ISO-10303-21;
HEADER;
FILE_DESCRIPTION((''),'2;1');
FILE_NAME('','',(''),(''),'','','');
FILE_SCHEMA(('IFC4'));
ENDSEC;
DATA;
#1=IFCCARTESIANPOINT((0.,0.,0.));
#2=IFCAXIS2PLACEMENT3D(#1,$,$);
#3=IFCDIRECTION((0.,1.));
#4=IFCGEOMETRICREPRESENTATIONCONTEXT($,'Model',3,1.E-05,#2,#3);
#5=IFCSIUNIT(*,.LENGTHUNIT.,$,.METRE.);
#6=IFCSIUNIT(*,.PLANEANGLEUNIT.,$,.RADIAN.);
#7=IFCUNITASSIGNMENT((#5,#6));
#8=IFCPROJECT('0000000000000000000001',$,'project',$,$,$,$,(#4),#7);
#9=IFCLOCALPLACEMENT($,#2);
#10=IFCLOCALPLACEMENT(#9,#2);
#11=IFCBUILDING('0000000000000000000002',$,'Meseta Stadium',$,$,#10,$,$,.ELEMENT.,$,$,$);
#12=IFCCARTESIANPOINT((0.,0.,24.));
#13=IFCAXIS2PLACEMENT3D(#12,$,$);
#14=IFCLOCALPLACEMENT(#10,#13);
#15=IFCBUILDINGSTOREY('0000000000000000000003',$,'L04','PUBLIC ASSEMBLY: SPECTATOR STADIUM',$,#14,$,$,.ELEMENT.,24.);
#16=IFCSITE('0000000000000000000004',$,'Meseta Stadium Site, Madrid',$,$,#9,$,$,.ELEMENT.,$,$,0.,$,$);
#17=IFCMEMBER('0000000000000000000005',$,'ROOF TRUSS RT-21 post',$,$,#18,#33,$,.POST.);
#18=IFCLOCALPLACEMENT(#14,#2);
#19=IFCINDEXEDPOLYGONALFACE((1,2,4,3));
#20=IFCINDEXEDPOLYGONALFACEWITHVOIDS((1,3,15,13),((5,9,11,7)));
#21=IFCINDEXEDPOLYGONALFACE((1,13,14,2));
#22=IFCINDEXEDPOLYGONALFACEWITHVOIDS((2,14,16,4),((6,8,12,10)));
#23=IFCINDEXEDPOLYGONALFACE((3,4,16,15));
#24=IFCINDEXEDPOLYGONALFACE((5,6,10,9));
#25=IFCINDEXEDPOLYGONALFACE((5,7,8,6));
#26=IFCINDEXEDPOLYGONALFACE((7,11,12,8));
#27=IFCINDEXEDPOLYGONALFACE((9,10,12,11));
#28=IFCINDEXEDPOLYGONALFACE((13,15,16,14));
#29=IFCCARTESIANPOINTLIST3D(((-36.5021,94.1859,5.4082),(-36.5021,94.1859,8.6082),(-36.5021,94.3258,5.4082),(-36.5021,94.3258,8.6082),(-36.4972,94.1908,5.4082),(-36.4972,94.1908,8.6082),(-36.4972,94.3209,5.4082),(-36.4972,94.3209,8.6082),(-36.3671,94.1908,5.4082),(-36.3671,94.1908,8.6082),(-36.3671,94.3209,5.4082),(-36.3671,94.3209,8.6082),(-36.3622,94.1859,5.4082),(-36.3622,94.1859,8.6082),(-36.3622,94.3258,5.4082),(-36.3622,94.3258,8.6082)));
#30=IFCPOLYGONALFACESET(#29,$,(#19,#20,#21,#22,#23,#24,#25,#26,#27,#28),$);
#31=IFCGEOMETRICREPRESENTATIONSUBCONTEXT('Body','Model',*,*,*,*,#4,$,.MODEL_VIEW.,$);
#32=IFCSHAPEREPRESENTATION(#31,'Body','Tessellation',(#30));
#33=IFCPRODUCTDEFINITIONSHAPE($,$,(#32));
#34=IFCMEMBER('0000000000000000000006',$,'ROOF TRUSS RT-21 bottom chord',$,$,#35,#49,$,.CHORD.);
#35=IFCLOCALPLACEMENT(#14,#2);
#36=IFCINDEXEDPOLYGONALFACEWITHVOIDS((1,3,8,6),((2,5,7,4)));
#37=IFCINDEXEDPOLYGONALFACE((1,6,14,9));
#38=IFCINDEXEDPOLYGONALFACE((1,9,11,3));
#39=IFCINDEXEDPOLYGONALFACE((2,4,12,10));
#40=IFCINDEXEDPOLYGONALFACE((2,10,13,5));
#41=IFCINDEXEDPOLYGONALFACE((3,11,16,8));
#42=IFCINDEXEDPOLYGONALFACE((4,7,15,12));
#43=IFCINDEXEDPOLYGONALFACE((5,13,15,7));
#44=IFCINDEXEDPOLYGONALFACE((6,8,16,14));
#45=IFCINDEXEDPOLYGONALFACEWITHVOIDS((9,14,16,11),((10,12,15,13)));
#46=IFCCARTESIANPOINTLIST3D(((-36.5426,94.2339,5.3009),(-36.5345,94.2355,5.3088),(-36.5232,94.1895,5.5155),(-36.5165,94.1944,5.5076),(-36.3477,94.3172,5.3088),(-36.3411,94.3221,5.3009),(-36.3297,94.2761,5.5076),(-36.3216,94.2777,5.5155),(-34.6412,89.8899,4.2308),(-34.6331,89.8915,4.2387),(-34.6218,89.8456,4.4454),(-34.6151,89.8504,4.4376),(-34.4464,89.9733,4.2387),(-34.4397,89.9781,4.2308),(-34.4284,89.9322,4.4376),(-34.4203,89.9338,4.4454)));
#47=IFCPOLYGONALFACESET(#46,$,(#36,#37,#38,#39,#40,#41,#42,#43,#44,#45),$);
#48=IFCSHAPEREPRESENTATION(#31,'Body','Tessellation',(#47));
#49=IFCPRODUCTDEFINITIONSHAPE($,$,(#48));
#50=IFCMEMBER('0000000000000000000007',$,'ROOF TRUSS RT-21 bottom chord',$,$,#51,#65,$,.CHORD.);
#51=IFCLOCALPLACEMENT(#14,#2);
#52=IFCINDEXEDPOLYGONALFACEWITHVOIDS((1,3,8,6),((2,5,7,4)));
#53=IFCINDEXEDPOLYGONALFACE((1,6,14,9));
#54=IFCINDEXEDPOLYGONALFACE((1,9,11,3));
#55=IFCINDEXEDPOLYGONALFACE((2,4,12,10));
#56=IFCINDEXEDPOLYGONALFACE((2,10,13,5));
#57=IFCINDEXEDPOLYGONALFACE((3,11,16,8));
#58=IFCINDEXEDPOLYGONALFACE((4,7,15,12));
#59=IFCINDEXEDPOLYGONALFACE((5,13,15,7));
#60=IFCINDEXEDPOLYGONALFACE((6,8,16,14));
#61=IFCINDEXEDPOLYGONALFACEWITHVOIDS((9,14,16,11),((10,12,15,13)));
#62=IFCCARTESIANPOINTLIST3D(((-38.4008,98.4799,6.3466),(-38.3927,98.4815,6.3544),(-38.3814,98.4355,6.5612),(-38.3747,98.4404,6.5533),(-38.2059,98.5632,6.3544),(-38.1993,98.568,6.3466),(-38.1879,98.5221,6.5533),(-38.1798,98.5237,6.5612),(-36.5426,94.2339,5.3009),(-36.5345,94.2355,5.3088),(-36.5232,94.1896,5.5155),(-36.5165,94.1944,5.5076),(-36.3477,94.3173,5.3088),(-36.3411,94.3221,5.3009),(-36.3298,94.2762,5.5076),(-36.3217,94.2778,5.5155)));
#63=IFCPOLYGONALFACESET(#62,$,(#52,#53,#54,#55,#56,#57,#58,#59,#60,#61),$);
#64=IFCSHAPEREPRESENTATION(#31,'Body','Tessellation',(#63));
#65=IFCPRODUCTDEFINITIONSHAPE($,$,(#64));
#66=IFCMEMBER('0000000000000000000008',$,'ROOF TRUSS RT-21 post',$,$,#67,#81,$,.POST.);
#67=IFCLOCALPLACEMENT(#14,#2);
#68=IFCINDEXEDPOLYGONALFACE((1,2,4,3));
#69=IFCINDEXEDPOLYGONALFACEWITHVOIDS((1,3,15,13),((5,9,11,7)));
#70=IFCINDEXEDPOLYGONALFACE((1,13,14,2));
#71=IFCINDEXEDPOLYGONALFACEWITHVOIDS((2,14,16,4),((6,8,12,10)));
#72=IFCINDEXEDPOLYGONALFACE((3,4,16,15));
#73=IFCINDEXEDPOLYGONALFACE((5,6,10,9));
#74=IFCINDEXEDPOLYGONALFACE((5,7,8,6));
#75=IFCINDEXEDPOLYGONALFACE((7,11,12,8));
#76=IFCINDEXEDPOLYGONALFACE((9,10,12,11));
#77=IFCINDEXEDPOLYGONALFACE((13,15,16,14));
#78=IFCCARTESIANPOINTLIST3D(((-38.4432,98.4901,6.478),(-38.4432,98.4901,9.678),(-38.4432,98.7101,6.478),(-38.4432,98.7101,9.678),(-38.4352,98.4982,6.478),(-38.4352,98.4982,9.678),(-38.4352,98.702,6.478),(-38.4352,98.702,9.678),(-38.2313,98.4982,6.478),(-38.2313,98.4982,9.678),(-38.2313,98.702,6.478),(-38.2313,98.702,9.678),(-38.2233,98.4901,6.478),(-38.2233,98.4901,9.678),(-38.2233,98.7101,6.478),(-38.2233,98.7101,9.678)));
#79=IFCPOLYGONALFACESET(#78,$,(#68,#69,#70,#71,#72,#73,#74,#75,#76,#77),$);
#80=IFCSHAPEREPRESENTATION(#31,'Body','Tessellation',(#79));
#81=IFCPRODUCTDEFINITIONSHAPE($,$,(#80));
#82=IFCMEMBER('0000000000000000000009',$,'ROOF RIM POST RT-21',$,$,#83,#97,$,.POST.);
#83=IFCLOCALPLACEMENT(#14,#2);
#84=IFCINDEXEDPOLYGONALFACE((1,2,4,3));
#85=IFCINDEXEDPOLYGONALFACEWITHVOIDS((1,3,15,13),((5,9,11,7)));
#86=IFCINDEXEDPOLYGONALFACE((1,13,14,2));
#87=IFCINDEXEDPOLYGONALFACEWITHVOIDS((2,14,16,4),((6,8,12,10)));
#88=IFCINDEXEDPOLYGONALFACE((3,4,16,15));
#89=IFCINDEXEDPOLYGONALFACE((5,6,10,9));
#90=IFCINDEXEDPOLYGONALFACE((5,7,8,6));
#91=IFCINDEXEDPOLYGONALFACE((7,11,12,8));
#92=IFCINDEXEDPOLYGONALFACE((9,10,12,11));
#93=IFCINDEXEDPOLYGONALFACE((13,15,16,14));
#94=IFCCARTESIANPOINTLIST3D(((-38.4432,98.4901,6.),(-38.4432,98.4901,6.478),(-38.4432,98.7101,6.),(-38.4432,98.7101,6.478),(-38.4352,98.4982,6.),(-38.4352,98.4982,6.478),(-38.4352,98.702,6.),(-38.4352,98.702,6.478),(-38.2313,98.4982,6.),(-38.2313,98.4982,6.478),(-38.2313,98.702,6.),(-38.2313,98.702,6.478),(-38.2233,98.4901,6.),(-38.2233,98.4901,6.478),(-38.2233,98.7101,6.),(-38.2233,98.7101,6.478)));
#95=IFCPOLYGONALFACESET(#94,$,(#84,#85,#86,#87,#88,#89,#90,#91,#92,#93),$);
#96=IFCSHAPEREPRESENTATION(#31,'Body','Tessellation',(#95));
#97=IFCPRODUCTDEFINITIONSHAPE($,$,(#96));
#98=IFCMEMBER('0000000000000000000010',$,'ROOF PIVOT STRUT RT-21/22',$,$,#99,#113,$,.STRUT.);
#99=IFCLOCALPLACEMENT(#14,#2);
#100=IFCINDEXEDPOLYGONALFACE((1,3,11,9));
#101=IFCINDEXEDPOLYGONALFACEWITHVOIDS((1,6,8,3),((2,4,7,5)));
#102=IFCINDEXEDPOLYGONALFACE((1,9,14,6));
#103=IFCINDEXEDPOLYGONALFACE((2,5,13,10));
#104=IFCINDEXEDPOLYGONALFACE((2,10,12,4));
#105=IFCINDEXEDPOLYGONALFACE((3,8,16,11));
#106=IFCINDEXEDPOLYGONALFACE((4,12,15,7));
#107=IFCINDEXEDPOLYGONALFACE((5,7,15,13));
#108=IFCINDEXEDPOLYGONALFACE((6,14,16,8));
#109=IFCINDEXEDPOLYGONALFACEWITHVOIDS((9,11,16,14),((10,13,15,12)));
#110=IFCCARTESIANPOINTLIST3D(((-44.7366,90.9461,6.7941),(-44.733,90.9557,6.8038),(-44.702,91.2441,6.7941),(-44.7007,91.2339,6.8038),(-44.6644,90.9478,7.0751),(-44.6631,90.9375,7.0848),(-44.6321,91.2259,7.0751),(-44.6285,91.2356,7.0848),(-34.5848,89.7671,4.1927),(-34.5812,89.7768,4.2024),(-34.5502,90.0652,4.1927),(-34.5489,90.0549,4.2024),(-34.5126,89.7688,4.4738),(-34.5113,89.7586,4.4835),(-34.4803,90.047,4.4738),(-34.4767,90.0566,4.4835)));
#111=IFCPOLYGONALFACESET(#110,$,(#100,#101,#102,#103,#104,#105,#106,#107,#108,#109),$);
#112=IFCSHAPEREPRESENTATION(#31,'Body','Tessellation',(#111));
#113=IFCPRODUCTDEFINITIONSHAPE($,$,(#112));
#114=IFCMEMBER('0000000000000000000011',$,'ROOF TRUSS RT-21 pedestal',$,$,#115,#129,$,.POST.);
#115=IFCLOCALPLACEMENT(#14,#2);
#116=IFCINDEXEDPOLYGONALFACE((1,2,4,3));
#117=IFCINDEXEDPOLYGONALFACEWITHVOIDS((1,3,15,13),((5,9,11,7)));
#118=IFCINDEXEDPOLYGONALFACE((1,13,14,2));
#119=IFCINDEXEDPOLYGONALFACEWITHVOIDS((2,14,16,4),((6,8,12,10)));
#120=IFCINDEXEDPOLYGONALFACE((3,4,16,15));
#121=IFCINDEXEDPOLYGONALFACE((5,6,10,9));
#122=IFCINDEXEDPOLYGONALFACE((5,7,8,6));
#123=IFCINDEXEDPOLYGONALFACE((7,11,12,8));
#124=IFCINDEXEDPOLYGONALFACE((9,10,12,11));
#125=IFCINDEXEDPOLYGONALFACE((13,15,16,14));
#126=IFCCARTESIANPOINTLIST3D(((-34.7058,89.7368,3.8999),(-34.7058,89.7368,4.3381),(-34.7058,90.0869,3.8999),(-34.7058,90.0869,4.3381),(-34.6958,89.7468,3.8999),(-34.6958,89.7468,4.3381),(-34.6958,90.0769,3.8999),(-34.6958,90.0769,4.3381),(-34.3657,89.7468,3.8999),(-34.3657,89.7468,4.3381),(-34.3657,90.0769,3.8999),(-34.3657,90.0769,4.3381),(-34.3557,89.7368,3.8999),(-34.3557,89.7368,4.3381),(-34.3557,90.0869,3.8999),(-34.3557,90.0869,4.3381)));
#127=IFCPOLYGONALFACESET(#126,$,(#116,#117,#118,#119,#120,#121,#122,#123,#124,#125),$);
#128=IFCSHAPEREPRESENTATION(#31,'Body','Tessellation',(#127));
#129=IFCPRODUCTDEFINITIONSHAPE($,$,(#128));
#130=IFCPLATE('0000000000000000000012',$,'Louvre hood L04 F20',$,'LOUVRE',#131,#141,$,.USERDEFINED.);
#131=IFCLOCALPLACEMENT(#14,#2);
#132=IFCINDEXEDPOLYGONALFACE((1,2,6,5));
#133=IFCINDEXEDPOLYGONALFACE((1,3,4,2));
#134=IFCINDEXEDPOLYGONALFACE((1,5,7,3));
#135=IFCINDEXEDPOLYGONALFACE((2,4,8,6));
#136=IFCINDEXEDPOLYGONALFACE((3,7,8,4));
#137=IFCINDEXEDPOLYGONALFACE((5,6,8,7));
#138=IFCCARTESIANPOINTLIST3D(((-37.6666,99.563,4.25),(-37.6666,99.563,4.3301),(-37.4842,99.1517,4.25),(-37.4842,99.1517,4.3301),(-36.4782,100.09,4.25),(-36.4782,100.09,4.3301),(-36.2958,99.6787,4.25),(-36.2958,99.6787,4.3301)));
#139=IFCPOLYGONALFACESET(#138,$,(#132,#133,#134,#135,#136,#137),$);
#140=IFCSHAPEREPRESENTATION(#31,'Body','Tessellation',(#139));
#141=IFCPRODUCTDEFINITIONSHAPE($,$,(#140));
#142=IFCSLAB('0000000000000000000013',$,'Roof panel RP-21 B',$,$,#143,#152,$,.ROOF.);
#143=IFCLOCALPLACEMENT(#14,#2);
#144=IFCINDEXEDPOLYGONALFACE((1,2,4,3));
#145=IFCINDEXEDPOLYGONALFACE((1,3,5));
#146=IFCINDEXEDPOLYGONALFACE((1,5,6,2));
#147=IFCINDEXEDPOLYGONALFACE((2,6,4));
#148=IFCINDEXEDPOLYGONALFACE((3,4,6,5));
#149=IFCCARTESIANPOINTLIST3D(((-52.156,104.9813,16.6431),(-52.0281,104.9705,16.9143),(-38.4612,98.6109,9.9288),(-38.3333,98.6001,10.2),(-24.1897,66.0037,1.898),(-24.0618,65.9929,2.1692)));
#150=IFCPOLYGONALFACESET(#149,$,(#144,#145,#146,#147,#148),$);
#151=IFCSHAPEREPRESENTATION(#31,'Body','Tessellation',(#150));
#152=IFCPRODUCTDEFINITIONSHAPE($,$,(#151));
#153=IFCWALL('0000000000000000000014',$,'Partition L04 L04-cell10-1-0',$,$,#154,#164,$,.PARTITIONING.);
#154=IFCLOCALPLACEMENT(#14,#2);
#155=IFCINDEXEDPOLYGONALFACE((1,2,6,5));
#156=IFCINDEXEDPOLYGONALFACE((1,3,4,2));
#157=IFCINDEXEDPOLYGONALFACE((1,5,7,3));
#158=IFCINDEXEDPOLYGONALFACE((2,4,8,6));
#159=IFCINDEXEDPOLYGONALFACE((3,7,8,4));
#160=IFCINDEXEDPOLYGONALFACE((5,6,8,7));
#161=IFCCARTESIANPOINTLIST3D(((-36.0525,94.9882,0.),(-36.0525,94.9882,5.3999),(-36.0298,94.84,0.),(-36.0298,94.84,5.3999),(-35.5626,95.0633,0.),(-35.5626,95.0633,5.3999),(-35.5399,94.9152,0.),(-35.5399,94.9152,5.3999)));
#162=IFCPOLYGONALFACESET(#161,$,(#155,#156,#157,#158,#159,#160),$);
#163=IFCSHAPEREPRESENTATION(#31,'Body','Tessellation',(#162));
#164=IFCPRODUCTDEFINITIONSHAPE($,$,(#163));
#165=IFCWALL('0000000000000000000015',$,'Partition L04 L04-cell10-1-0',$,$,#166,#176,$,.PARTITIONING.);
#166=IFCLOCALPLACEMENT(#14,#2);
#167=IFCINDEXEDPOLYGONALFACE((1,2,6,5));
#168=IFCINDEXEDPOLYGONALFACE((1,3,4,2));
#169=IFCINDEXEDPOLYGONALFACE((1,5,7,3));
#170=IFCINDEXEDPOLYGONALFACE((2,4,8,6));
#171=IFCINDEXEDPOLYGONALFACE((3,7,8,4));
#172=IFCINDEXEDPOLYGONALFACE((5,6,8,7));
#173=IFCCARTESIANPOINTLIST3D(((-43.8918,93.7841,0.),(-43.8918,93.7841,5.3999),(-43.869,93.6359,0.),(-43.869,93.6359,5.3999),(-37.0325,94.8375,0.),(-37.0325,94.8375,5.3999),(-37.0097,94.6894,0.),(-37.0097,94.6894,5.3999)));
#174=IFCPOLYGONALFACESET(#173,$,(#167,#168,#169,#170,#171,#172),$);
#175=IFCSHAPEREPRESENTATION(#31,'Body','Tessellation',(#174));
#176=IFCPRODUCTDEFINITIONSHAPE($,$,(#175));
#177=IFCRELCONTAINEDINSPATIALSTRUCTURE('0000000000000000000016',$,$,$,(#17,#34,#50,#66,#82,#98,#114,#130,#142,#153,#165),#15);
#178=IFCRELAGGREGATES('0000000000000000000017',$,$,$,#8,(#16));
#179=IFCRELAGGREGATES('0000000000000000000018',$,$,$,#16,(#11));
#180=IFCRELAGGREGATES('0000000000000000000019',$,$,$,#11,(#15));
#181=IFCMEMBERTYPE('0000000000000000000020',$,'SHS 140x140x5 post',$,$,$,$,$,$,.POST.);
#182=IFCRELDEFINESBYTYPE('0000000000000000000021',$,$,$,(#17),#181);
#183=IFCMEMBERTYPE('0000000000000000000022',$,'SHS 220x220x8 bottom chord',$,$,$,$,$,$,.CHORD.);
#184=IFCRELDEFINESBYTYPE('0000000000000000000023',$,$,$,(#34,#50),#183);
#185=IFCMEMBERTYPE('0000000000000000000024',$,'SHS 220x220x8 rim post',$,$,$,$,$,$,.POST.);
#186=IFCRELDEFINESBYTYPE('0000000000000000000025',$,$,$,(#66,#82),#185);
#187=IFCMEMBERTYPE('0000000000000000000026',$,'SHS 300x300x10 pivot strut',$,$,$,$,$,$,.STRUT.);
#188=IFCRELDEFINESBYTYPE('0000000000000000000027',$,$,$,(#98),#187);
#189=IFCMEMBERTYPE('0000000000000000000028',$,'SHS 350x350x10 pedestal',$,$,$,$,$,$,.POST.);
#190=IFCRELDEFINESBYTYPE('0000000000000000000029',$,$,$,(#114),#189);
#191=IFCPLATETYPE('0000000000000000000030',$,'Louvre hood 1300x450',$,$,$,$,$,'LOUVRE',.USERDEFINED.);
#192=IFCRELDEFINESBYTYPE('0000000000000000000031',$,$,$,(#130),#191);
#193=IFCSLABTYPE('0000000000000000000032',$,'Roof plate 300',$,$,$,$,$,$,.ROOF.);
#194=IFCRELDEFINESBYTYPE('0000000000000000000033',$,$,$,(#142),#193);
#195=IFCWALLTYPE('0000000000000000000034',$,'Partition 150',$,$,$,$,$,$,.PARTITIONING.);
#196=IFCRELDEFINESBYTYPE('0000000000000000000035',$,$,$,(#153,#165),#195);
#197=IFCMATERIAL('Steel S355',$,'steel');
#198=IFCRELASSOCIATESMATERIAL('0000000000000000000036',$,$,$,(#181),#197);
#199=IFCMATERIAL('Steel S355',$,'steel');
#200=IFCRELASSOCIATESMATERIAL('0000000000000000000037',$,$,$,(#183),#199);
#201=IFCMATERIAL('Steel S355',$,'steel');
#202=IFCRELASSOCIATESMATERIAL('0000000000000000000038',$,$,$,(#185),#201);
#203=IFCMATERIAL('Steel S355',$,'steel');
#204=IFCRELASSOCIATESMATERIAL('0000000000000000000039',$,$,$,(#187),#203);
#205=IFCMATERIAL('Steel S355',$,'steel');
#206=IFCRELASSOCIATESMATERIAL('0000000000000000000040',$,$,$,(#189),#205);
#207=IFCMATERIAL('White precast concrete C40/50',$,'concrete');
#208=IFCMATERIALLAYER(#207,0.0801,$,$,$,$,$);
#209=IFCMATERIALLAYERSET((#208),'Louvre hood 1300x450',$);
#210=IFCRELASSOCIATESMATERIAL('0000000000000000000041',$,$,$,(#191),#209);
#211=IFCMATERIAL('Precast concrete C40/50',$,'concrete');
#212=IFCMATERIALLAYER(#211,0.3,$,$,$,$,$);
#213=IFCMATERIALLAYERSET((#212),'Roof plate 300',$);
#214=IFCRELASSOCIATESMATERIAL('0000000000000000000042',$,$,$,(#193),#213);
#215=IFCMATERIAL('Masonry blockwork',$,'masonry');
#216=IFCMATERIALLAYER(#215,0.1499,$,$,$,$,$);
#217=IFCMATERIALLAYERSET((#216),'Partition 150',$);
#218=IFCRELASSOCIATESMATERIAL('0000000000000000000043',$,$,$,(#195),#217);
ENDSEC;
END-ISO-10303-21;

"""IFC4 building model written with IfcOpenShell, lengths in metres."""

from ifc_helpers import new_model, si_unit, direction, frame, frame_2d, origin, origin_2d, place, context, subcontext, project, spatial, polyline, rectangle, hollow_rectangle, outline, extrude, material, layer, layer_set, material_profile, profile_set, type_object, element, save


model = new_model("IFC4")

# Units and contexts
model_context = context("Model", 3, precision=1e-05, world=origin(), true_north=direction((0.0, 1.0)))
body_context = subcontext(model_context, "Body", "Model", "MODEL_VIEW")
ifc_project = project(units=[si_unit("LENGTHUNIT", "METRE"), si_unit("PLANEANGLEUNIT", "RADIAN")], contexts=[model_context])

# Site, building, storey
site_placement = place(None, origin())
site = spatial("IfcSite", under=ifc_project, at=site_placement, Name="Meseta Stadium Site, Madrid", CompositionType="ELEMENT", RefElevation=0.0)
building_placement = place(site_placement, origin())
building = spatial("IfcBuilding", under=site, at=building_placement, Name="Meseta Stadium", CompositionType="ELEMENT")
storey_placement = place(building_placement, frame((0.0, 0.0, 24.0)))
storey = spatial("IfcBuildingStorey", under=building, at=storey_placement, Name="L04", Description="PUBLIC ASSEMBLY: SPECTATOR STADIUM", CompositionType="ELEMENT", Elevation=24.0)

# Members
ifc_material_1 = material(Name="Steel S355", Category="steel")
ifc_material_profile_1 = material_profile(ifc_material_1, hollow_rectangle(XDim=0.1399, YDim=0.1399, WallThickness=0.0049, at=origin_2d()), Name="SHS 140x140x5")
ifc_profile_set_1 = profile_set([ifc_material_profile_1], Name="Steel S355")
member_type_1 = type_object("IfcMemberType", Name="SHS 140x140x5 post", PredefinedType="POST", material=ifc_profile_set_1)
member_1_placement = place(storey_placement, frame((-36.4321, 94.2559, 5.4082), z_axis=(0.0, 0.0, 1.0), x_axis=(1.0, 0.0, 0.0)))
element("IfcMember", 1, at=member_1_placement, inside=storey, type_object=member_type_1, Name="ROOF TRUSS RT-21 post", PredefinedType="POST", context=body_context, shape_type="SweptSolid", body=[
    extrude(hollow_rectangle(XDim=0.1399, YDim=0.1399, WallThickness=0.0049, at=origin_2d()), origin(), (0.0, 0.0, 1.0), 3.2),
])
ifc_material_2 = material(Name="Steel S355", Category="steel")
ifc_material_profile_2 = material_profile(ifc_material_2, hollow_rectangle(XDim=0.22, YDim=0.22, WallThickness=0.0081, at=origin_2d()), Name="SHS 220x220x8")
ifc_profile_set_2 = profile_set([ifc_material_profile_2], Name="Steel S355")
member_type_2 = type_object("IfcMemberType", Name="SHS 220x220x8 bottom chord", PredefinedType="CHORD", material=ifc_profile_set_2)
member_2_placement = place(storey_placement, frame((-34.5308, 89.9119, 4.3381), z_axis=(-0.391137, 0.893619, 0.220128), x_axis=(-0.91609, -0.400973, 0.0)))
element("IfcMember", 2, at=member_2_placement, inside=storey, type_object=member_type_2, Name="ROOF TRUSS RT-21 bottom chord", PredefinedType="CHORD", context=body_context, shape_type="SweptSolid", body=[
    extrude(hollow_rectangle(XDim=0.22, YDim=0.22, WallThickness=0.0081, at=origin_2d()), origin(), (0.0, 0.0, 1.0), 4.8611),
])
member_3_placement = place(storey_placement, frame((-36.4321, 94.2559, 5.4082), z_axis=(-0.391096, 0.893648, 0.220085), x_axis=(-0.91611, -0.400927, 0.0)))
element("IfcMember", 3, at=member_3_placement, inside=storey, type_object=member_type_2, Name="ROOF TRUSS RT-21 bottom chord", PredefinedType="CHORD", context=body_context, shape_type="SweptSolid", body=[
    extrude(hollow_rectangle(XDim=0.22, YDim=0.22, WallThickness=0.0081, at=origin_2d()), origin(), (0.0, 0.0, 1.0), 4.7512),
])
ifc_material_3 = material(Name="Steel S355", Category="steel")
ifc_material_profile_3 = material_profile(ifc_material_3, hollow_rectangle(XDim=0.22, YDim=0.22, WallThickness=0.0081, at=origin_2d()), Name="SHS 220x220x8")
ifc_profile_set_3 = profile_set([ifc_material_profile_3], Name="Steel S355")
member_type_3 = type_object("IfcMemberType", Name="SHS 220x220x8 rim post", PredefinedType="POST", material=ifc_profile_set_3)
member_4_placement = place(storey_placement, frame((-38.3333, 98.6001, 6.478), z_axis=(0.0, 0.0, 1.0), x_axis=(1.0, 0.0, 0.0)))
element("IfcMember", 4, at=member_4_placement, inside=storey, type_object=member_type_3, Name="ROOF TRUSS RT-21 post", PredefinedType="POST", context=body_context, shape_type="SweptSolid", body=[
    extrude(hollow_rectangle(XDim=0.22, YDim=0.22, WallThickness=0.0081, at=origin_2d()), origin(), (0.0, 0.0, 1.0), 3.2),
])
member_5_placement = place(storey_placement, frame((-38.3333, 98.6001, 6.0), z_axis=(0.0, 0.0, 1.0), x_axis=(1.0, 0.0, 0.0)))
element("IfcMember", 5, at=member_5_placement, inside=storey, type_object=member_type_3, Name="ROOF RIM POST RT-21", PredefinedType="POST", context=body_context, shape_type="SweptSolid", body=[
    extrude(hollow_rectangle(XDim=0.22, YDim=0.22, WallThickness=0.0081, at=origin_2d()), origin(), (0.0, 0.0, 1.0), 0.478),
])
ifc_material_4 = material(Name="Steel S355", Category="steel")
ifc_material_profile_4 = material_profile(ifc_material_4, hollow_rectangle(XDim=0.3, YDim=0.3, WallThickness=0.01, at=origin_2d()), Name="SHS 300x300x10")
ifc_profile_set_4 = profile_set([ifc_material_profile_4], Name="Steel S355")
member_type_4 = type_object("IfcMemberType", Name="SHS 300x300x10 pivot strut", PredefinedType="STRUT", material=ifc_profile_set_4)
member_6_placement = place(storey_placement, frame((-34.5308, 89.9119, 4.3381), z_axis=(-0.962631, 0.111792, 0.246665), x_axis=(-0.115357, -0.993324, 0.0)))
element("IfcMember", 6, at=member_6_placement, inside=storey, type_object=member_type_4, Name="ROOF PIVOT STRUT RT-21/22", PredefinedType="STRUT", context=body_context, shape_type="SweptSolid", body=[
    extrude(hollow_rectangle(XDim=0.3, YDim=0.3, WallThickness=0.01, at=origin_2d()), origin(), (0.0, 0.0, 1.0), 10.5459),
])
ifc_material_5 = material(Name="Steel S355", Category="steel")
ifc_material_profile_5 = material_profile(ifc_material_5, hollow_rectangle(XDim=0.3501, YDim=0.3501, WallThickness=0.01, at=origin_2d()), Name="SHS 350x350x10")
ifc_profile_set_5 = profile_set([ifc_material_profile_5], Name="Steel S355")
member_type_5 = type_object("IfcMemberType", Name="SHS 350x350x10 pedestal", PredefinedType="POST", material=ifc_profile_set_5)
member_7_placement = place(storey_placement, frame((-34.5308, 89.9119, 3.8999), z_axis=(0.0, 0.0, 1.0), x_axis=(1.0, 0.0, 0.0)))
element("IfcMember", 7, at=member_7_placement, inside=storey, type_object=member_type_5, Name="ROOF TRUSS RT-21 pedestal", PredefinedType="POST", context=body_context, shape_type="SweptSolid", body=[
    extrude(hollow_rectangle(XDim=0.3501, YDim=0.3501, WallThickness=0.01, at=origin_2d()), origin(), (0.0, 0.0, 1.0), 0.4382),
])

# Plate
ifc_material_6 = material(Name="White precast concrete C40/50", Category="concrete")
ifc_layer_1 = layer(ifc_material_6, 0.0801)
ifc_layer_set_1 = layer_set([ifc_layer_1], Name="Louvre hood 1300x450")
plate_type = type_object("IfcPlateType", Name="Louvre hood 1300x450", ElementType="LOUVRE", PredefinedType="USERDEFINED", material=ifc_layer_set_1)
plate_placement = place(storey_placement, frame((-36.9812, 99.6208, 4.25), z_axis=(0.0, 0.0, 1.0), x_axis=(-0.914139, -0.405401, 0.0)))
element("IfcPlate", 8, at=plate_placement, inside=storey, type_object=plate_type, Name="Louvre hood L04 F20", ObjectType="LOUVRE", PredefinedType="USERDEFINED", context=body_context, shape_type="SweptSolid", body=[
    extrude(rectangle(XDim=1.3, YDim=0.45, at=origin_2d()), origin(), (0.0, 0.0, 1.0), 0.0801),
])

# Slab
ifc_material_7 = material(Name="Precast concrete C40/50", Category="concrete")
ifc_layer_2 = layer(ifc_material_7, 0.3)
ifc_layer_set_2 = layer_set([ifc_layer_2], Name="Roof plate 300")
slab_type = type_object("IfcSlabType", Name="Roof plate 300", PredefinedType="ROOF", material=ifc_layer_set_2)
slab_placement = place(storey_placement, frame((-38.3333, 98.6001, 10.2), z_axis=(0.426394, -0.035977, 0.903822), x_axis=(0.391125, -0.893634, -0.220091)))
element("IfcSlab", 9, at=slab_placement, inside=storey, type_object=slab_type, Name="Roof panel RP-21 B", PredefinedType="ROOF", context=body_context, shape_type="SweptSolid", body=[
    extrude(outline(polyline([(0.0, 0.0), (36.4883, 0.0), (-12.5269, -10.7837), (0.0, 0.0)])), origin(), (0.0, 0.0, -1.0), 0.3),
])

# Walls
ifc_material_8 = material(Name="Masonry blockwork", Category="masonry")
ifc_layer_3 = layer(ifc_material_8, 0.1499)
ifc_layer_set_3 = layer_set([ifc_layer_3], Name="Partition 150")
wall_type_1 = type_object("IfcWallType", Name="Partition 150", PredefinedType="PARTITIONING", material=ifc_layer_set_3)
wall_1_placement = place(storey_placement, frame((-35.5513, 94.9893, 0.0), z_axis=(0.0, 0.0, 1.0), x_axis=(-0.988429, -0.151687, 0.0)))
element("IfcWall", 10, at=wall_1_placement, inside=storey, type_object=wall_type_1, Name="Partition L04 L04-cell10-1-0", PredefinedType="PARTITIONING", context=body_context, shape_type="SweptSolid", body=[
    extrude(rectangle(XDim=0.4956, YDim=0.1499, at=frame_2d((0.2478, 0.0))), origin(), (0.0, 0.0, 1.0), 5.3999),
])
wall_2_placement = place(storey_placement, frame((-37.0212, 94.7634, 0.0), z_axis=(0.0, 0.0, 1.0), x_axis=(-0.988411, -0.151801, 0.0)))
element("IfcWall", 11, at=wall_2_placement, inside=storey, type_object=wall_type_1, Name="Partition L04 L04-cell10-1-0", PredefinedType="PARTITIONING", context=body_context, shape_type="SweptSolid", body=[
    extrude(rectangle(XDim=6.9397, YDim=0.1499, at=frame_2d((3.4697, 0.0))), origin(), (0.0, 0.0, 1.0), 5.3999),
])

save(model, "model.ifc")
